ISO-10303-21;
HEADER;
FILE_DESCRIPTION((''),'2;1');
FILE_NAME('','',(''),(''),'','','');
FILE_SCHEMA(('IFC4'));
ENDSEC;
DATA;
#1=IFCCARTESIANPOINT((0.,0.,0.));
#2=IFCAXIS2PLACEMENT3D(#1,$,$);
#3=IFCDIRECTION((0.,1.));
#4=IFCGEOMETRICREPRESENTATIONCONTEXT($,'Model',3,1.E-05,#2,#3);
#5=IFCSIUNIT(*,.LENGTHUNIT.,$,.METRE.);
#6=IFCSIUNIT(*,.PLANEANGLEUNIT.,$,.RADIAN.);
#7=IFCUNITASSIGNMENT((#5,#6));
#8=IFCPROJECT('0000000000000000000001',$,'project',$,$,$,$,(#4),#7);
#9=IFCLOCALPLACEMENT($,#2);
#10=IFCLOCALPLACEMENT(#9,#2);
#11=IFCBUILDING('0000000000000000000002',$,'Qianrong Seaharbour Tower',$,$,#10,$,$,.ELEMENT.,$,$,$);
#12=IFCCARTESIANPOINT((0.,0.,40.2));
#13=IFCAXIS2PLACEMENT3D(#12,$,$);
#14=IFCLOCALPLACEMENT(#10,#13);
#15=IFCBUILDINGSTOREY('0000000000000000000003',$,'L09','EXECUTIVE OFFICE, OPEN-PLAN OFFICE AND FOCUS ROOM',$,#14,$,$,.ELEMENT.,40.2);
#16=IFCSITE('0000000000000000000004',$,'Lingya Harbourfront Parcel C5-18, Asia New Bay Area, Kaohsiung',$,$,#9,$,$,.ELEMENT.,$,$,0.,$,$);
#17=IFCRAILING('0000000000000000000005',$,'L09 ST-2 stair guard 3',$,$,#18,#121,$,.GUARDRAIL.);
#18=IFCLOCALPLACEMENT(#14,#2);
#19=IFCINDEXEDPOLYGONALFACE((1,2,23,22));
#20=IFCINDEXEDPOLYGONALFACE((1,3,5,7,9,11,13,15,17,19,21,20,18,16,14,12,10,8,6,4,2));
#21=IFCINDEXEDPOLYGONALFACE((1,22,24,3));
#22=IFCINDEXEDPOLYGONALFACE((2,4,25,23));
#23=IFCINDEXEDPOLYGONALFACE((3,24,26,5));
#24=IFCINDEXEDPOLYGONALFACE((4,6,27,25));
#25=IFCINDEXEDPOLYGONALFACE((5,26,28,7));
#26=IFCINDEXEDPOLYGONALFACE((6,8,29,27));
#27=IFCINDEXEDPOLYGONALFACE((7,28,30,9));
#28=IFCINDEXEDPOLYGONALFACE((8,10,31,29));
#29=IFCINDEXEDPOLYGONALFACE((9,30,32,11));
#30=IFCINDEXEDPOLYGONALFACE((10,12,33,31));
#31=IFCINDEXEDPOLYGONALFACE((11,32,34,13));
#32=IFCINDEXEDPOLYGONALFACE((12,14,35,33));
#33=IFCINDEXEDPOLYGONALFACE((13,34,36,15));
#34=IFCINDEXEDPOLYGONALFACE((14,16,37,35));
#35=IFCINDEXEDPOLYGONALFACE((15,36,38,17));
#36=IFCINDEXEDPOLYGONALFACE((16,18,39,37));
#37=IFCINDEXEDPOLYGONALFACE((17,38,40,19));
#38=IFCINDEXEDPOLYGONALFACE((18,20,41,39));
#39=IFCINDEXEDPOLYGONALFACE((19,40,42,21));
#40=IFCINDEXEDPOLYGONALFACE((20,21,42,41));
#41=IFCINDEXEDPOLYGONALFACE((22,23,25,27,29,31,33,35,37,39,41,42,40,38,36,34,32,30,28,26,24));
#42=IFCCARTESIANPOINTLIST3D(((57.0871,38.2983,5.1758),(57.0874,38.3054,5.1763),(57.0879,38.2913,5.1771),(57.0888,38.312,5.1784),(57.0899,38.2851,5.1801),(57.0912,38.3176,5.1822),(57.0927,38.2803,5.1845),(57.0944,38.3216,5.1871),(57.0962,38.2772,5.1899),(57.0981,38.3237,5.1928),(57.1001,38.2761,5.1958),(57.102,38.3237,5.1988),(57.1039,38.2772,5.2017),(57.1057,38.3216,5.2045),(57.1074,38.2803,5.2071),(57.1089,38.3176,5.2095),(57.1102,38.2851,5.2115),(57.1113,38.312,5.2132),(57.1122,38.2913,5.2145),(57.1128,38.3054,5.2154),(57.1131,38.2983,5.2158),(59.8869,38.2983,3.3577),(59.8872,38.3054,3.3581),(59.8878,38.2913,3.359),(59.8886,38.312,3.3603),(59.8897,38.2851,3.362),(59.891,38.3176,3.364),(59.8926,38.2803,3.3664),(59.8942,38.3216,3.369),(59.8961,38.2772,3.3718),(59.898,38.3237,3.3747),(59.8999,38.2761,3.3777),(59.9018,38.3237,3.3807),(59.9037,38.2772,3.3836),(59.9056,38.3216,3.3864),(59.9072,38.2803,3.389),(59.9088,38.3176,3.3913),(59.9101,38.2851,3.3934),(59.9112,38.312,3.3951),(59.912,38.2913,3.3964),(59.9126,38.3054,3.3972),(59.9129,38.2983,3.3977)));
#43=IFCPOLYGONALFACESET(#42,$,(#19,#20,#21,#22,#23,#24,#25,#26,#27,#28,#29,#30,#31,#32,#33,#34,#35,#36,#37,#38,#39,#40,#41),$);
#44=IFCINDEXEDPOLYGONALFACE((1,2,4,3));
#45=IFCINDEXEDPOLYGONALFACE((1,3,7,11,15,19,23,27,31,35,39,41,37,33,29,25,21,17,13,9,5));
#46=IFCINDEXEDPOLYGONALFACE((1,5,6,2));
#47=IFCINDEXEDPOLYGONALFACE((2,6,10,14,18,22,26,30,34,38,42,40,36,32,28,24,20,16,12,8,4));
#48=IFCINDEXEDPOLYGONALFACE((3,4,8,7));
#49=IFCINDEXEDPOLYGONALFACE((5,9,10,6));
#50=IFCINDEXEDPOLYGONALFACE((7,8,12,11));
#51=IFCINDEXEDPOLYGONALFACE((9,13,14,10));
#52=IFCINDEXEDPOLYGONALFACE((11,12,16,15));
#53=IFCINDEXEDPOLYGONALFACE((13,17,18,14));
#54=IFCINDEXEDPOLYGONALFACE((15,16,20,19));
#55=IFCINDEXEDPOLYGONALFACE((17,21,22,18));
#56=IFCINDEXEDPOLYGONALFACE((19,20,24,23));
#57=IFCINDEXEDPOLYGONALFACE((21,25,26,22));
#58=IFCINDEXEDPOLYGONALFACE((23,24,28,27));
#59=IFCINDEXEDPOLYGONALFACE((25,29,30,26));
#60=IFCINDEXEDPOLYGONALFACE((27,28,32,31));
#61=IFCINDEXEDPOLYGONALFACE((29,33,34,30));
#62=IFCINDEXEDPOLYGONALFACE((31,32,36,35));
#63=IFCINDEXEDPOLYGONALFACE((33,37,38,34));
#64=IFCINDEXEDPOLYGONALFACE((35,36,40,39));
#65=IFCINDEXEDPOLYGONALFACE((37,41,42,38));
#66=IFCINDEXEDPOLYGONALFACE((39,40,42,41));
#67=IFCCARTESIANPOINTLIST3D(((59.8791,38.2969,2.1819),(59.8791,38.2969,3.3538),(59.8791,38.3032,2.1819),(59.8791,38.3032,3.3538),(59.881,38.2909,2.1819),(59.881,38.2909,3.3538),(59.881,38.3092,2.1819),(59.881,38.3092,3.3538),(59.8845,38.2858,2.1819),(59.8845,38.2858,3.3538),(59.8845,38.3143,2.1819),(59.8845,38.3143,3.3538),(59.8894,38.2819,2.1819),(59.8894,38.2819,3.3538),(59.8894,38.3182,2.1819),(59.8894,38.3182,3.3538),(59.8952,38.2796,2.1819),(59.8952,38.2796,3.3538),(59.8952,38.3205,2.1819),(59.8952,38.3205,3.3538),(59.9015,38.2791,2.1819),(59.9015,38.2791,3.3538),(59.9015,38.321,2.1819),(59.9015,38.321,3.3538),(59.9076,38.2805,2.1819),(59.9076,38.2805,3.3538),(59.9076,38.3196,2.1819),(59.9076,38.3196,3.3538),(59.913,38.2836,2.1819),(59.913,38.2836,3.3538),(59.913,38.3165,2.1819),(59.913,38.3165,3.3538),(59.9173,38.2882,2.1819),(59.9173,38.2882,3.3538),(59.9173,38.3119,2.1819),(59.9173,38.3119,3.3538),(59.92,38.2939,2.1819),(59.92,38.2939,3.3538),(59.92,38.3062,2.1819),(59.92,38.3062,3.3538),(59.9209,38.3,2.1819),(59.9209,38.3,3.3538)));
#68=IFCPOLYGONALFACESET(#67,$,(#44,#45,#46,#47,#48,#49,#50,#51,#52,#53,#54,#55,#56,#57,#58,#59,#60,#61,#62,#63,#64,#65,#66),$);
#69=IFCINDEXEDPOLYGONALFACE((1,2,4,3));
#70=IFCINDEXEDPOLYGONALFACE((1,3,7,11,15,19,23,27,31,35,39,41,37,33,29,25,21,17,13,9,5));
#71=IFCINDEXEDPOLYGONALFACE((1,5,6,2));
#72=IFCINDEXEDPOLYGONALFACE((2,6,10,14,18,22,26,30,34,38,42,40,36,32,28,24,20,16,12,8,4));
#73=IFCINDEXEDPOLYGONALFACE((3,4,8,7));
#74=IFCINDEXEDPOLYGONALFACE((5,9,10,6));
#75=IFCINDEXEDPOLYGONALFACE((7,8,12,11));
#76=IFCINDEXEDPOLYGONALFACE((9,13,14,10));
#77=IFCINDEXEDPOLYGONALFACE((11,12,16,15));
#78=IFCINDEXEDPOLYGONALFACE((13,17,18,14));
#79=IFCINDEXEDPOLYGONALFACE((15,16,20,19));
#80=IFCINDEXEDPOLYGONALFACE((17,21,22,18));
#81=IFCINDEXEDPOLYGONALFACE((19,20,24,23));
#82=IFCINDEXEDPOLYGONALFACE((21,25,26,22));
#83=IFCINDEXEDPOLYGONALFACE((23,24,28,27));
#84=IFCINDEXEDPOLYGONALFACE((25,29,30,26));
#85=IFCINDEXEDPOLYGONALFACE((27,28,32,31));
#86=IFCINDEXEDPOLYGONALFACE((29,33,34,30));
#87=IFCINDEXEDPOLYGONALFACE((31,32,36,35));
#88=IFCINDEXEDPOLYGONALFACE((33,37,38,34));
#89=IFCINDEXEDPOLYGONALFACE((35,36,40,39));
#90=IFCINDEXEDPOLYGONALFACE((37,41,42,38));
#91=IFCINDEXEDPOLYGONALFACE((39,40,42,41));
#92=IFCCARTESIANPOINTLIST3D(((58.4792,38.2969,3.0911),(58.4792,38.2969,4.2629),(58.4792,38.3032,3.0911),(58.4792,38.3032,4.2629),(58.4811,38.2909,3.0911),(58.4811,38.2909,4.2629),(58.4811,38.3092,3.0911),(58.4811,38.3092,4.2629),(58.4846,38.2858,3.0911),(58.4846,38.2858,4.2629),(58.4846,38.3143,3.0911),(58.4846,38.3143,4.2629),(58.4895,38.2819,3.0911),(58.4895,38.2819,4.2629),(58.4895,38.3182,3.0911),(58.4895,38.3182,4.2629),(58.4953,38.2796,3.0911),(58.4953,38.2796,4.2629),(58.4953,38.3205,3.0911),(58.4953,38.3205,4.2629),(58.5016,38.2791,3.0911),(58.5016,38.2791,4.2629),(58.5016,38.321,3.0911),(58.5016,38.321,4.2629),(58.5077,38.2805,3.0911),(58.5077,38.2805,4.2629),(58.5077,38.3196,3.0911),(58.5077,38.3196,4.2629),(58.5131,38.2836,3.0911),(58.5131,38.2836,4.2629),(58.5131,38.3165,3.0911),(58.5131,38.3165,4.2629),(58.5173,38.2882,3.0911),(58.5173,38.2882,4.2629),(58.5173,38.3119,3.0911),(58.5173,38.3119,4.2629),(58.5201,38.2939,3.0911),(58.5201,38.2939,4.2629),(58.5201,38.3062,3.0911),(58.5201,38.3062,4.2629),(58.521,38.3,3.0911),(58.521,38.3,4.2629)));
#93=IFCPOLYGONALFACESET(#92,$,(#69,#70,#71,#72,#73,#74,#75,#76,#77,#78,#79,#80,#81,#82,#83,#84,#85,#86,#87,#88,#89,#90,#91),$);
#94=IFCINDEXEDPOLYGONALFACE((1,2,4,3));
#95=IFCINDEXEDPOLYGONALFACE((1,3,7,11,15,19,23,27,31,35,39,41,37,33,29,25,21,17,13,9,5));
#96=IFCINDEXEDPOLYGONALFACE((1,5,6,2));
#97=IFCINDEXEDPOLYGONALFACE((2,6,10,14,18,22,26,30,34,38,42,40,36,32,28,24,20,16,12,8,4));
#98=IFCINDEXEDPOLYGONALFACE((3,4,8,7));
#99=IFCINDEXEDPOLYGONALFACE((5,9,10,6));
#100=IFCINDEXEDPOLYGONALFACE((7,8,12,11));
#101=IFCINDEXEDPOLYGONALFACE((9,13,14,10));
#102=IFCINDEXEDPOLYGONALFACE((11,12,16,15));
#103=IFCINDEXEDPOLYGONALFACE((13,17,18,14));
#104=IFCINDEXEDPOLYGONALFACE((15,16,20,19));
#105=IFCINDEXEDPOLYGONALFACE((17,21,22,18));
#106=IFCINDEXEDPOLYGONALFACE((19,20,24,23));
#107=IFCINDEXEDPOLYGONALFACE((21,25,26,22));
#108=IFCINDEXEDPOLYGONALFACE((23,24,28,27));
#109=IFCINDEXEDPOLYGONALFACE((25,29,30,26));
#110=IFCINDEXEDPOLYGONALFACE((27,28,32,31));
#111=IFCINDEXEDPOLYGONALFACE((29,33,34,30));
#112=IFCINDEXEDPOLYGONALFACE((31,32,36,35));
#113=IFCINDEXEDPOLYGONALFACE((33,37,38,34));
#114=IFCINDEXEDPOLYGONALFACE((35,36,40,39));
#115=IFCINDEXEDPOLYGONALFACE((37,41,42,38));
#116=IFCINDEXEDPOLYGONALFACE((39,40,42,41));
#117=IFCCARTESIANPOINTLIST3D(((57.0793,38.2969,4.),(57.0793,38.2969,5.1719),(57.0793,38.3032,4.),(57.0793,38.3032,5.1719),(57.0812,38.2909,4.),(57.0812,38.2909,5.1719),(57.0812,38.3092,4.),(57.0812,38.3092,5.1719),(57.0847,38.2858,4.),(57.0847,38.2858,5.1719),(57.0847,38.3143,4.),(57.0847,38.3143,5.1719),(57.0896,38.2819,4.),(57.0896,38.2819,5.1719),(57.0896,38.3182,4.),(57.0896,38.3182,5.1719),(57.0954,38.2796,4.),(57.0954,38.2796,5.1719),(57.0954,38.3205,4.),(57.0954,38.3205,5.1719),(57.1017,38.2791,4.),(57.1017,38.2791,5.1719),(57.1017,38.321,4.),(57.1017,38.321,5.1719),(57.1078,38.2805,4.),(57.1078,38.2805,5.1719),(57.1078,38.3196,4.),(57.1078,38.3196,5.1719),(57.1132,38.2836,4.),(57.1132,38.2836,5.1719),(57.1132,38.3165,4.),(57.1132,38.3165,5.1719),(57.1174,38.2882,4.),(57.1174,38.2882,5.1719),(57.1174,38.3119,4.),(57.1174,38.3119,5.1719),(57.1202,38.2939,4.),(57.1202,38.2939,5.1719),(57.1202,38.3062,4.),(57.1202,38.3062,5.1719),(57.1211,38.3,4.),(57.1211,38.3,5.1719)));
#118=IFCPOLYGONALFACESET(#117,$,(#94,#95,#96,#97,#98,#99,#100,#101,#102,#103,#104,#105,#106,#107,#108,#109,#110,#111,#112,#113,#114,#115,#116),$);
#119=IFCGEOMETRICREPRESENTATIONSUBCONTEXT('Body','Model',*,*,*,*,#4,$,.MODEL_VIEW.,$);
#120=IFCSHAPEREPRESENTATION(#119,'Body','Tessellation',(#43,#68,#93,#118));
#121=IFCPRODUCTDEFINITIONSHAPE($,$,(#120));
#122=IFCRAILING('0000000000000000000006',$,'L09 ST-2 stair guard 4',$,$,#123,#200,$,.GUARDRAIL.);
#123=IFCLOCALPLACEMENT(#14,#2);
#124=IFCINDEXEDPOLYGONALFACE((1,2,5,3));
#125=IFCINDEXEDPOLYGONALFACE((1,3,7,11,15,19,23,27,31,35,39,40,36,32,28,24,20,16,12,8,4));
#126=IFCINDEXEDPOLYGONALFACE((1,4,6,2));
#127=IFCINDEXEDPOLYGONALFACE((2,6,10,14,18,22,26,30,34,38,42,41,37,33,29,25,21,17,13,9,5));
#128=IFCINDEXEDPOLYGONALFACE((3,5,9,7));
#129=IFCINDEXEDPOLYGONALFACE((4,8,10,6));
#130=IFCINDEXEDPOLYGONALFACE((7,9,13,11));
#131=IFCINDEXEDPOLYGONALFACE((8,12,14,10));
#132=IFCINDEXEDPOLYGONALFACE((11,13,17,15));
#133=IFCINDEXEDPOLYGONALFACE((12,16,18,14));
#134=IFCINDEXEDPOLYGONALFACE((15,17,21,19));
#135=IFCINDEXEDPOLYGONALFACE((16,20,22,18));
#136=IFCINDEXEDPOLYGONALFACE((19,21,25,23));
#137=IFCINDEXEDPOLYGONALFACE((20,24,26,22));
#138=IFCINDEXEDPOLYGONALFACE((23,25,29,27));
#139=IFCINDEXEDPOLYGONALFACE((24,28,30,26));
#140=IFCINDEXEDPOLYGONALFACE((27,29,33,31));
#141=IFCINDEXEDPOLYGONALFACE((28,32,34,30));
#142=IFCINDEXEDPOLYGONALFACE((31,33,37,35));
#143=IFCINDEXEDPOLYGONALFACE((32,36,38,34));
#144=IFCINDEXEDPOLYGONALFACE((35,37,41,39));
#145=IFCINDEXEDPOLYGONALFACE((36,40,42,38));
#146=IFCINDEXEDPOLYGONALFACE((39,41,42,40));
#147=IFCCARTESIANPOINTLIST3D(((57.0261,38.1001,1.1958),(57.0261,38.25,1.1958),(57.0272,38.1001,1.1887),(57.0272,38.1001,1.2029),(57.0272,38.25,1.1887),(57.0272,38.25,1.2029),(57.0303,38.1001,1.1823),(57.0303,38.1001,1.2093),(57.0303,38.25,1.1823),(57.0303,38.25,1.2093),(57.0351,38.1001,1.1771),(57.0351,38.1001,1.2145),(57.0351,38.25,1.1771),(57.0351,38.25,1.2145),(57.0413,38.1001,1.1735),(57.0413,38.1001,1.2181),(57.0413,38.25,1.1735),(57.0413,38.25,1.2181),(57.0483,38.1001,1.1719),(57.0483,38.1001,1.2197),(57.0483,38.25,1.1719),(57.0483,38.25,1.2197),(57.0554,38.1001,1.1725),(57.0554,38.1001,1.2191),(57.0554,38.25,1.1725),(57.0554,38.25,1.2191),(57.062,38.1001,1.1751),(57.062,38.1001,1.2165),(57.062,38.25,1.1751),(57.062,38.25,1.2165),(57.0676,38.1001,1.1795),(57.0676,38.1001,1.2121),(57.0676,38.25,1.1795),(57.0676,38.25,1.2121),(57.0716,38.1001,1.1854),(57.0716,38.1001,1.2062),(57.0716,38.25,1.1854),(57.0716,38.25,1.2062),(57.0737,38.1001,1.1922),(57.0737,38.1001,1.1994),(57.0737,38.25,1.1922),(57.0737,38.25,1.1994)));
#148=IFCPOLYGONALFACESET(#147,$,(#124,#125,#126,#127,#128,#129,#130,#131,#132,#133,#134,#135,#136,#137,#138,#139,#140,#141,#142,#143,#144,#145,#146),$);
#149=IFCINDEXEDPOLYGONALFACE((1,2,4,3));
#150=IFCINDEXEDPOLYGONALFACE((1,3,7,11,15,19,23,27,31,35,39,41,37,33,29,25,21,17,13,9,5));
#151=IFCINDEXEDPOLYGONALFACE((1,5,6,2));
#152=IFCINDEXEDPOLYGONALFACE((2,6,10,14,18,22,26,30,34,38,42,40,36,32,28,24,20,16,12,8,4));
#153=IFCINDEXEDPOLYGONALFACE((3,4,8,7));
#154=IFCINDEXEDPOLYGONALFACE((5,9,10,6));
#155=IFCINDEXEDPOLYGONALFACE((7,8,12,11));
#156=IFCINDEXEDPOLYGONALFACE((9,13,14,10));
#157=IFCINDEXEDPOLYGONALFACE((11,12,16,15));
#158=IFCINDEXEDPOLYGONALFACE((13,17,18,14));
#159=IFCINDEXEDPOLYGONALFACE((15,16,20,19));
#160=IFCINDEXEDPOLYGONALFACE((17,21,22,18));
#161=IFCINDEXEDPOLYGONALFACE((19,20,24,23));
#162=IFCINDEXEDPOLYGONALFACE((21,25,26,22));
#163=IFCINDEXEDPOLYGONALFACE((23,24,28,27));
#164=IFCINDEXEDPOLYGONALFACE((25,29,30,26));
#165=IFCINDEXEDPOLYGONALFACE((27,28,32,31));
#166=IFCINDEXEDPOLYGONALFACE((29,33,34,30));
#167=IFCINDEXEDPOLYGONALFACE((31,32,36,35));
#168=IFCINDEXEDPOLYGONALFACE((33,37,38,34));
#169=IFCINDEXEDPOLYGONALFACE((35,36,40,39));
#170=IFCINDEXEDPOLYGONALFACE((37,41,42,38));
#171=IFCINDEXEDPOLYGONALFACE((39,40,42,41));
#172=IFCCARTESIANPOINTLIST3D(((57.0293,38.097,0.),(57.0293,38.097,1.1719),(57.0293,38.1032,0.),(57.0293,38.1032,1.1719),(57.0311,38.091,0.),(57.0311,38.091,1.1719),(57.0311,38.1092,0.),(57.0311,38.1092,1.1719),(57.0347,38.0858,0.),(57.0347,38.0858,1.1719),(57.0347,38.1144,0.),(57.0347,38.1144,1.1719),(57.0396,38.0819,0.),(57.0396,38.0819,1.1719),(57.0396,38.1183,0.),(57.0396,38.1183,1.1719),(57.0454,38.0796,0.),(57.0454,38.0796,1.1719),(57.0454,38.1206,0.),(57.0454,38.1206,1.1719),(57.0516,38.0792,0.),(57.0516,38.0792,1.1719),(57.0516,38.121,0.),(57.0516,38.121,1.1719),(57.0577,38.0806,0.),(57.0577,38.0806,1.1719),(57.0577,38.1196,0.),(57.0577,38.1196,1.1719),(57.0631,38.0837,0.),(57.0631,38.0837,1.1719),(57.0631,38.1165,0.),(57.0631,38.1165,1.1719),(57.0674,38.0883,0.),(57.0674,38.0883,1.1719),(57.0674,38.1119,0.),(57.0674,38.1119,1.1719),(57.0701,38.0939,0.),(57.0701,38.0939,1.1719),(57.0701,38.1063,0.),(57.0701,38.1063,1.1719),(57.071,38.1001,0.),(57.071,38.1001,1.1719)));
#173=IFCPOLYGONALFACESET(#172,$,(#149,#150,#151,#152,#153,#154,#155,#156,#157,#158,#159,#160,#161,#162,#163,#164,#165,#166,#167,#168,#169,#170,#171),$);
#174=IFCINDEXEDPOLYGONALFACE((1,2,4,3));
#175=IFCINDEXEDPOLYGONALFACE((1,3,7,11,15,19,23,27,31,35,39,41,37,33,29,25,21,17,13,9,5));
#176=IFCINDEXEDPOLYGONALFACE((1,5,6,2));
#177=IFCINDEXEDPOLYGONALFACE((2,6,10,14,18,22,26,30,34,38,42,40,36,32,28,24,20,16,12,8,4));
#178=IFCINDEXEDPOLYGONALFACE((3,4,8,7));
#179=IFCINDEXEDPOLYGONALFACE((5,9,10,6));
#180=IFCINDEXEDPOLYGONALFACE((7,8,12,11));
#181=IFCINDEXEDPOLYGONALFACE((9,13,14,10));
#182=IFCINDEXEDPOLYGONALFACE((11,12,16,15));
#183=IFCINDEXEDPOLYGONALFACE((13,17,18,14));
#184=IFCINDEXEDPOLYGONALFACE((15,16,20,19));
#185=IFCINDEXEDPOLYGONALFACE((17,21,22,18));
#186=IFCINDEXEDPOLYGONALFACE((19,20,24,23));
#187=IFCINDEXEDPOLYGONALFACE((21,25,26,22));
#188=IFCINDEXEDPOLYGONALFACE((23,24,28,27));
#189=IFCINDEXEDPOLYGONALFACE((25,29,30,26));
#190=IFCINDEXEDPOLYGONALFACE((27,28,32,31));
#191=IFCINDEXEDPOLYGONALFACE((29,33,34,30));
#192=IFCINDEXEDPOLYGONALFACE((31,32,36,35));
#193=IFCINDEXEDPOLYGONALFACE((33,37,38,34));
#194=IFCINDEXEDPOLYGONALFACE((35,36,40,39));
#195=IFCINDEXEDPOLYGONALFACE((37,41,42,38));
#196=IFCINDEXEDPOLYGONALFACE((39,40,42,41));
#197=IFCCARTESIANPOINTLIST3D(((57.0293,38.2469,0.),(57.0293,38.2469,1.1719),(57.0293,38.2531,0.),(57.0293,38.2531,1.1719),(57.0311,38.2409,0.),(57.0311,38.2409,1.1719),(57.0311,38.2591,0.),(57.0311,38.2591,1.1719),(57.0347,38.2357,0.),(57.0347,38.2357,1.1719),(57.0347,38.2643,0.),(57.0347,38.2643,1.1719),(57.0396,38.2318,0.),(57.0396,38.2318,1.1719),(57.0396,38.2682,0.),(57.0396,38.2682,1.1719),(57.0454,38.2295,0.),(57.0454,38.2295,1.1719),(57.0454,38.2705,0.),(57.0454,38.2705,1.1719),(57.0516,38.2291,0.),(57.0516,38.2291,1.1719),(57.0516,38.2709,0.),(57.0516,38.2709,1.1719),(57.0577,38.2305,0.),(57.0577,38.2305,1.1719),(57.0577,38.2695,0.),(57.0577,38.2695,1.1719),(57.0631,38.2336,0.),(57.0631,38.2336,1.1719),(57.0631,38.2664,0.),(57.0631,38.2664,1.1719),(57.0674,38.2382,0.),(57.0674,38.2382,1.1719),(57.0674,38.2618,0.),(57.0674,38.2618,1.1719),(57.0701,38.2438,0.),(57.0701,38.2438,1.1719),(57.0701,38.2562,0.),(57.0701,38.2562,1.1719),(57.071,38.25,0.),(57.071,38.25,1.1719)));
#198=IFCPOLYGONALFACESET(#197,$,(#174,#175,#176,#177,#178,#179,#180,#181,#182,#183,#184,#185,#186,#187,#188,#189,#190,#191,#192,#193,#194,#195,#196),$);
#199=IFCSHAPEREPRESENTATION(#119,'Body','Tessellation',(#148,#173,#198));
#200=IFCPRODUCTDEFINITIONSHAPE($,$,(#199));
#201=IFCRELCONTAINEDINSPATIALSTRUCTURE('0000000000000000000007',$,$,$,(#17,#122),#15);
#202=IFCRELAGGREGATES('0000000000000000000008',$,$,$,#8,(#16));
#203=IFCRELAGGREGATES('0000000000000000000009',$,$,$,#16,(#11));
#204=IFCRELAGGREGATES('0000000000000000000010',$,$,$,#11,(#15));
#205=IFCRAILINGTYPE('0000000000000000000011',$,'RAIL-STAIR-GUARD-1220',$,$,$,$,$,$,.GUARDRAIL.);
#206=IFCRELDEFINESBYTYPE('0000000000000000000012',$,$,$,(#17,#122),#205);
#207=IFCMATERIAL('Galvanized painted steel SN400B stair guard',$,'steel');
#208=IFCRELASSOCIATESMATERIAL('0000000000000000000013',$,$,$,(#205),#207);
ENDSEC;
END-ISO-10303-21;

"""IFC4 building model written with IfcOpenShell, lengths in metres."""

from ifc_helpers import new_model, si_unit, direction, frame, origin, origin_2d, place, context, subcontext, project, spatial, circle, extrude, material, type_object, element, save


model = new_model("IFC4")

# Units and contexts
model_context = context("Model", 3, precision=1e-05, world=origin(), true_north=direction((0.0, 1.0)))
body_context = subcontext(model_context, "Body", "Model", "MODEL_VIEW")
ifc_project = project(units=[si_unit("LENGTHUNIT", "METRE"), si_unit("PLANEANGLEUNIT", "RADIAN")], contexts=[model_context])

# Site, building, storey
site_placement = place(None, origin())
site = spatial("IfcSite", under=ifc_project, at=site_placement, Name="Lingya Harbourfront Parcel C5-18, Asia New Bay Area, Kaohsiung", CompositionType="ELEMENT", RefElevation=0.0)
building_placement = place(site_placement, origin())
building = spatial("IfcBuilding", under=site, at=building_placement, Name="Qianrong Seaharbour Tower", CompositionType="ELEMENT")
storey_placement = place(building_placement, frame((0.0, 0.0, 40.2)))
storey = spatial("IfcBuildingStorey", under=building, at=storey_placement, Name="L09", Description="EXECUTIVE OFFICE, OPEN-PLAN OFFICE AND FOCUS ROOM", CompositionType="ELEMENT", Elevation=40.2)

# Railings
ifc_material_1 = material(Name="Galvanized painted steel SN400B stair guard", Category="steel")
railing_type_1 = type_object("IfcRailingType", Name="RAIL-STAIR-GUARD-1220", PredefinedType="GUARDRAIL", material=ifc_material_1)
railing_1_placement = place(storey_placement, frame((59.8999, 38.3, 2.1819)))
element("IfcRailing", 1, at=railing_1_placement, inside=storey, type_object=railing_type_1, Name="L09 ST-2 stair guard 3", PredefinedType="GUARDRAIL", context=body_context, shape_type="SweptSolid", body=[
    extrude(circle(Radius=0.0239, at=origin_2d()), frame((0.0, 0.0, 1.1958), z_axis=(-0.838684, 0.0, 0.544618), x_axis=(0.0, -1.0, 0.0)), (0.0, 0.0, 1.0), 3.3384),
    extrude(circle(Radius=0.021, at=origin_2d()), origin(), (0.0, 0.0, 1.0), 1.1719),
    extrude(circle(Radius=0.021, at=origin_2d()), frame((-1.3999, 0.0, 0.9092)), (0.0, 0.0, 1.0), 1.1719),
    extrude(circle(Radius=0.021, at=origin_2d()), frame((-2.7998, 0.0, 1.8181)), (0.0, 0.0, 1.0), 1.1719),
])
railing_2_placement = place(storey_placement, frame((57.05, 38.1001, 0.0)))
element("IfcRailing", 2, at=railing_2_placement, inside=storey, type_object=railing_type_1, Name="L09 ST-2 stair guard 4", PredefinedType="GUARDRAIL", context=body_context, shape_type="SweptSolid", body=[
    extrude(circle(Radius=0.0239, at=origin_2d()), frame((0.0, 0.0, 1.1958), z_axis=(0.0, 1.0, 0.0), x_axis=(-1.0, 0.0, 0.0)), (0.0, 0.0, 1.0), 0.1499),
    extrude(circle(Radius=0.021, at=origin_2d()), origin(), (0.0, 0.0, 1.0), 1.1719),
    extrude(circle(Radius=0.021, at=origin_2d()), frame((0.0, 0.1499, 0.0)), (0.0, 0.0, 1.0), 1.1719),
])

save(model, "model.ifc")
